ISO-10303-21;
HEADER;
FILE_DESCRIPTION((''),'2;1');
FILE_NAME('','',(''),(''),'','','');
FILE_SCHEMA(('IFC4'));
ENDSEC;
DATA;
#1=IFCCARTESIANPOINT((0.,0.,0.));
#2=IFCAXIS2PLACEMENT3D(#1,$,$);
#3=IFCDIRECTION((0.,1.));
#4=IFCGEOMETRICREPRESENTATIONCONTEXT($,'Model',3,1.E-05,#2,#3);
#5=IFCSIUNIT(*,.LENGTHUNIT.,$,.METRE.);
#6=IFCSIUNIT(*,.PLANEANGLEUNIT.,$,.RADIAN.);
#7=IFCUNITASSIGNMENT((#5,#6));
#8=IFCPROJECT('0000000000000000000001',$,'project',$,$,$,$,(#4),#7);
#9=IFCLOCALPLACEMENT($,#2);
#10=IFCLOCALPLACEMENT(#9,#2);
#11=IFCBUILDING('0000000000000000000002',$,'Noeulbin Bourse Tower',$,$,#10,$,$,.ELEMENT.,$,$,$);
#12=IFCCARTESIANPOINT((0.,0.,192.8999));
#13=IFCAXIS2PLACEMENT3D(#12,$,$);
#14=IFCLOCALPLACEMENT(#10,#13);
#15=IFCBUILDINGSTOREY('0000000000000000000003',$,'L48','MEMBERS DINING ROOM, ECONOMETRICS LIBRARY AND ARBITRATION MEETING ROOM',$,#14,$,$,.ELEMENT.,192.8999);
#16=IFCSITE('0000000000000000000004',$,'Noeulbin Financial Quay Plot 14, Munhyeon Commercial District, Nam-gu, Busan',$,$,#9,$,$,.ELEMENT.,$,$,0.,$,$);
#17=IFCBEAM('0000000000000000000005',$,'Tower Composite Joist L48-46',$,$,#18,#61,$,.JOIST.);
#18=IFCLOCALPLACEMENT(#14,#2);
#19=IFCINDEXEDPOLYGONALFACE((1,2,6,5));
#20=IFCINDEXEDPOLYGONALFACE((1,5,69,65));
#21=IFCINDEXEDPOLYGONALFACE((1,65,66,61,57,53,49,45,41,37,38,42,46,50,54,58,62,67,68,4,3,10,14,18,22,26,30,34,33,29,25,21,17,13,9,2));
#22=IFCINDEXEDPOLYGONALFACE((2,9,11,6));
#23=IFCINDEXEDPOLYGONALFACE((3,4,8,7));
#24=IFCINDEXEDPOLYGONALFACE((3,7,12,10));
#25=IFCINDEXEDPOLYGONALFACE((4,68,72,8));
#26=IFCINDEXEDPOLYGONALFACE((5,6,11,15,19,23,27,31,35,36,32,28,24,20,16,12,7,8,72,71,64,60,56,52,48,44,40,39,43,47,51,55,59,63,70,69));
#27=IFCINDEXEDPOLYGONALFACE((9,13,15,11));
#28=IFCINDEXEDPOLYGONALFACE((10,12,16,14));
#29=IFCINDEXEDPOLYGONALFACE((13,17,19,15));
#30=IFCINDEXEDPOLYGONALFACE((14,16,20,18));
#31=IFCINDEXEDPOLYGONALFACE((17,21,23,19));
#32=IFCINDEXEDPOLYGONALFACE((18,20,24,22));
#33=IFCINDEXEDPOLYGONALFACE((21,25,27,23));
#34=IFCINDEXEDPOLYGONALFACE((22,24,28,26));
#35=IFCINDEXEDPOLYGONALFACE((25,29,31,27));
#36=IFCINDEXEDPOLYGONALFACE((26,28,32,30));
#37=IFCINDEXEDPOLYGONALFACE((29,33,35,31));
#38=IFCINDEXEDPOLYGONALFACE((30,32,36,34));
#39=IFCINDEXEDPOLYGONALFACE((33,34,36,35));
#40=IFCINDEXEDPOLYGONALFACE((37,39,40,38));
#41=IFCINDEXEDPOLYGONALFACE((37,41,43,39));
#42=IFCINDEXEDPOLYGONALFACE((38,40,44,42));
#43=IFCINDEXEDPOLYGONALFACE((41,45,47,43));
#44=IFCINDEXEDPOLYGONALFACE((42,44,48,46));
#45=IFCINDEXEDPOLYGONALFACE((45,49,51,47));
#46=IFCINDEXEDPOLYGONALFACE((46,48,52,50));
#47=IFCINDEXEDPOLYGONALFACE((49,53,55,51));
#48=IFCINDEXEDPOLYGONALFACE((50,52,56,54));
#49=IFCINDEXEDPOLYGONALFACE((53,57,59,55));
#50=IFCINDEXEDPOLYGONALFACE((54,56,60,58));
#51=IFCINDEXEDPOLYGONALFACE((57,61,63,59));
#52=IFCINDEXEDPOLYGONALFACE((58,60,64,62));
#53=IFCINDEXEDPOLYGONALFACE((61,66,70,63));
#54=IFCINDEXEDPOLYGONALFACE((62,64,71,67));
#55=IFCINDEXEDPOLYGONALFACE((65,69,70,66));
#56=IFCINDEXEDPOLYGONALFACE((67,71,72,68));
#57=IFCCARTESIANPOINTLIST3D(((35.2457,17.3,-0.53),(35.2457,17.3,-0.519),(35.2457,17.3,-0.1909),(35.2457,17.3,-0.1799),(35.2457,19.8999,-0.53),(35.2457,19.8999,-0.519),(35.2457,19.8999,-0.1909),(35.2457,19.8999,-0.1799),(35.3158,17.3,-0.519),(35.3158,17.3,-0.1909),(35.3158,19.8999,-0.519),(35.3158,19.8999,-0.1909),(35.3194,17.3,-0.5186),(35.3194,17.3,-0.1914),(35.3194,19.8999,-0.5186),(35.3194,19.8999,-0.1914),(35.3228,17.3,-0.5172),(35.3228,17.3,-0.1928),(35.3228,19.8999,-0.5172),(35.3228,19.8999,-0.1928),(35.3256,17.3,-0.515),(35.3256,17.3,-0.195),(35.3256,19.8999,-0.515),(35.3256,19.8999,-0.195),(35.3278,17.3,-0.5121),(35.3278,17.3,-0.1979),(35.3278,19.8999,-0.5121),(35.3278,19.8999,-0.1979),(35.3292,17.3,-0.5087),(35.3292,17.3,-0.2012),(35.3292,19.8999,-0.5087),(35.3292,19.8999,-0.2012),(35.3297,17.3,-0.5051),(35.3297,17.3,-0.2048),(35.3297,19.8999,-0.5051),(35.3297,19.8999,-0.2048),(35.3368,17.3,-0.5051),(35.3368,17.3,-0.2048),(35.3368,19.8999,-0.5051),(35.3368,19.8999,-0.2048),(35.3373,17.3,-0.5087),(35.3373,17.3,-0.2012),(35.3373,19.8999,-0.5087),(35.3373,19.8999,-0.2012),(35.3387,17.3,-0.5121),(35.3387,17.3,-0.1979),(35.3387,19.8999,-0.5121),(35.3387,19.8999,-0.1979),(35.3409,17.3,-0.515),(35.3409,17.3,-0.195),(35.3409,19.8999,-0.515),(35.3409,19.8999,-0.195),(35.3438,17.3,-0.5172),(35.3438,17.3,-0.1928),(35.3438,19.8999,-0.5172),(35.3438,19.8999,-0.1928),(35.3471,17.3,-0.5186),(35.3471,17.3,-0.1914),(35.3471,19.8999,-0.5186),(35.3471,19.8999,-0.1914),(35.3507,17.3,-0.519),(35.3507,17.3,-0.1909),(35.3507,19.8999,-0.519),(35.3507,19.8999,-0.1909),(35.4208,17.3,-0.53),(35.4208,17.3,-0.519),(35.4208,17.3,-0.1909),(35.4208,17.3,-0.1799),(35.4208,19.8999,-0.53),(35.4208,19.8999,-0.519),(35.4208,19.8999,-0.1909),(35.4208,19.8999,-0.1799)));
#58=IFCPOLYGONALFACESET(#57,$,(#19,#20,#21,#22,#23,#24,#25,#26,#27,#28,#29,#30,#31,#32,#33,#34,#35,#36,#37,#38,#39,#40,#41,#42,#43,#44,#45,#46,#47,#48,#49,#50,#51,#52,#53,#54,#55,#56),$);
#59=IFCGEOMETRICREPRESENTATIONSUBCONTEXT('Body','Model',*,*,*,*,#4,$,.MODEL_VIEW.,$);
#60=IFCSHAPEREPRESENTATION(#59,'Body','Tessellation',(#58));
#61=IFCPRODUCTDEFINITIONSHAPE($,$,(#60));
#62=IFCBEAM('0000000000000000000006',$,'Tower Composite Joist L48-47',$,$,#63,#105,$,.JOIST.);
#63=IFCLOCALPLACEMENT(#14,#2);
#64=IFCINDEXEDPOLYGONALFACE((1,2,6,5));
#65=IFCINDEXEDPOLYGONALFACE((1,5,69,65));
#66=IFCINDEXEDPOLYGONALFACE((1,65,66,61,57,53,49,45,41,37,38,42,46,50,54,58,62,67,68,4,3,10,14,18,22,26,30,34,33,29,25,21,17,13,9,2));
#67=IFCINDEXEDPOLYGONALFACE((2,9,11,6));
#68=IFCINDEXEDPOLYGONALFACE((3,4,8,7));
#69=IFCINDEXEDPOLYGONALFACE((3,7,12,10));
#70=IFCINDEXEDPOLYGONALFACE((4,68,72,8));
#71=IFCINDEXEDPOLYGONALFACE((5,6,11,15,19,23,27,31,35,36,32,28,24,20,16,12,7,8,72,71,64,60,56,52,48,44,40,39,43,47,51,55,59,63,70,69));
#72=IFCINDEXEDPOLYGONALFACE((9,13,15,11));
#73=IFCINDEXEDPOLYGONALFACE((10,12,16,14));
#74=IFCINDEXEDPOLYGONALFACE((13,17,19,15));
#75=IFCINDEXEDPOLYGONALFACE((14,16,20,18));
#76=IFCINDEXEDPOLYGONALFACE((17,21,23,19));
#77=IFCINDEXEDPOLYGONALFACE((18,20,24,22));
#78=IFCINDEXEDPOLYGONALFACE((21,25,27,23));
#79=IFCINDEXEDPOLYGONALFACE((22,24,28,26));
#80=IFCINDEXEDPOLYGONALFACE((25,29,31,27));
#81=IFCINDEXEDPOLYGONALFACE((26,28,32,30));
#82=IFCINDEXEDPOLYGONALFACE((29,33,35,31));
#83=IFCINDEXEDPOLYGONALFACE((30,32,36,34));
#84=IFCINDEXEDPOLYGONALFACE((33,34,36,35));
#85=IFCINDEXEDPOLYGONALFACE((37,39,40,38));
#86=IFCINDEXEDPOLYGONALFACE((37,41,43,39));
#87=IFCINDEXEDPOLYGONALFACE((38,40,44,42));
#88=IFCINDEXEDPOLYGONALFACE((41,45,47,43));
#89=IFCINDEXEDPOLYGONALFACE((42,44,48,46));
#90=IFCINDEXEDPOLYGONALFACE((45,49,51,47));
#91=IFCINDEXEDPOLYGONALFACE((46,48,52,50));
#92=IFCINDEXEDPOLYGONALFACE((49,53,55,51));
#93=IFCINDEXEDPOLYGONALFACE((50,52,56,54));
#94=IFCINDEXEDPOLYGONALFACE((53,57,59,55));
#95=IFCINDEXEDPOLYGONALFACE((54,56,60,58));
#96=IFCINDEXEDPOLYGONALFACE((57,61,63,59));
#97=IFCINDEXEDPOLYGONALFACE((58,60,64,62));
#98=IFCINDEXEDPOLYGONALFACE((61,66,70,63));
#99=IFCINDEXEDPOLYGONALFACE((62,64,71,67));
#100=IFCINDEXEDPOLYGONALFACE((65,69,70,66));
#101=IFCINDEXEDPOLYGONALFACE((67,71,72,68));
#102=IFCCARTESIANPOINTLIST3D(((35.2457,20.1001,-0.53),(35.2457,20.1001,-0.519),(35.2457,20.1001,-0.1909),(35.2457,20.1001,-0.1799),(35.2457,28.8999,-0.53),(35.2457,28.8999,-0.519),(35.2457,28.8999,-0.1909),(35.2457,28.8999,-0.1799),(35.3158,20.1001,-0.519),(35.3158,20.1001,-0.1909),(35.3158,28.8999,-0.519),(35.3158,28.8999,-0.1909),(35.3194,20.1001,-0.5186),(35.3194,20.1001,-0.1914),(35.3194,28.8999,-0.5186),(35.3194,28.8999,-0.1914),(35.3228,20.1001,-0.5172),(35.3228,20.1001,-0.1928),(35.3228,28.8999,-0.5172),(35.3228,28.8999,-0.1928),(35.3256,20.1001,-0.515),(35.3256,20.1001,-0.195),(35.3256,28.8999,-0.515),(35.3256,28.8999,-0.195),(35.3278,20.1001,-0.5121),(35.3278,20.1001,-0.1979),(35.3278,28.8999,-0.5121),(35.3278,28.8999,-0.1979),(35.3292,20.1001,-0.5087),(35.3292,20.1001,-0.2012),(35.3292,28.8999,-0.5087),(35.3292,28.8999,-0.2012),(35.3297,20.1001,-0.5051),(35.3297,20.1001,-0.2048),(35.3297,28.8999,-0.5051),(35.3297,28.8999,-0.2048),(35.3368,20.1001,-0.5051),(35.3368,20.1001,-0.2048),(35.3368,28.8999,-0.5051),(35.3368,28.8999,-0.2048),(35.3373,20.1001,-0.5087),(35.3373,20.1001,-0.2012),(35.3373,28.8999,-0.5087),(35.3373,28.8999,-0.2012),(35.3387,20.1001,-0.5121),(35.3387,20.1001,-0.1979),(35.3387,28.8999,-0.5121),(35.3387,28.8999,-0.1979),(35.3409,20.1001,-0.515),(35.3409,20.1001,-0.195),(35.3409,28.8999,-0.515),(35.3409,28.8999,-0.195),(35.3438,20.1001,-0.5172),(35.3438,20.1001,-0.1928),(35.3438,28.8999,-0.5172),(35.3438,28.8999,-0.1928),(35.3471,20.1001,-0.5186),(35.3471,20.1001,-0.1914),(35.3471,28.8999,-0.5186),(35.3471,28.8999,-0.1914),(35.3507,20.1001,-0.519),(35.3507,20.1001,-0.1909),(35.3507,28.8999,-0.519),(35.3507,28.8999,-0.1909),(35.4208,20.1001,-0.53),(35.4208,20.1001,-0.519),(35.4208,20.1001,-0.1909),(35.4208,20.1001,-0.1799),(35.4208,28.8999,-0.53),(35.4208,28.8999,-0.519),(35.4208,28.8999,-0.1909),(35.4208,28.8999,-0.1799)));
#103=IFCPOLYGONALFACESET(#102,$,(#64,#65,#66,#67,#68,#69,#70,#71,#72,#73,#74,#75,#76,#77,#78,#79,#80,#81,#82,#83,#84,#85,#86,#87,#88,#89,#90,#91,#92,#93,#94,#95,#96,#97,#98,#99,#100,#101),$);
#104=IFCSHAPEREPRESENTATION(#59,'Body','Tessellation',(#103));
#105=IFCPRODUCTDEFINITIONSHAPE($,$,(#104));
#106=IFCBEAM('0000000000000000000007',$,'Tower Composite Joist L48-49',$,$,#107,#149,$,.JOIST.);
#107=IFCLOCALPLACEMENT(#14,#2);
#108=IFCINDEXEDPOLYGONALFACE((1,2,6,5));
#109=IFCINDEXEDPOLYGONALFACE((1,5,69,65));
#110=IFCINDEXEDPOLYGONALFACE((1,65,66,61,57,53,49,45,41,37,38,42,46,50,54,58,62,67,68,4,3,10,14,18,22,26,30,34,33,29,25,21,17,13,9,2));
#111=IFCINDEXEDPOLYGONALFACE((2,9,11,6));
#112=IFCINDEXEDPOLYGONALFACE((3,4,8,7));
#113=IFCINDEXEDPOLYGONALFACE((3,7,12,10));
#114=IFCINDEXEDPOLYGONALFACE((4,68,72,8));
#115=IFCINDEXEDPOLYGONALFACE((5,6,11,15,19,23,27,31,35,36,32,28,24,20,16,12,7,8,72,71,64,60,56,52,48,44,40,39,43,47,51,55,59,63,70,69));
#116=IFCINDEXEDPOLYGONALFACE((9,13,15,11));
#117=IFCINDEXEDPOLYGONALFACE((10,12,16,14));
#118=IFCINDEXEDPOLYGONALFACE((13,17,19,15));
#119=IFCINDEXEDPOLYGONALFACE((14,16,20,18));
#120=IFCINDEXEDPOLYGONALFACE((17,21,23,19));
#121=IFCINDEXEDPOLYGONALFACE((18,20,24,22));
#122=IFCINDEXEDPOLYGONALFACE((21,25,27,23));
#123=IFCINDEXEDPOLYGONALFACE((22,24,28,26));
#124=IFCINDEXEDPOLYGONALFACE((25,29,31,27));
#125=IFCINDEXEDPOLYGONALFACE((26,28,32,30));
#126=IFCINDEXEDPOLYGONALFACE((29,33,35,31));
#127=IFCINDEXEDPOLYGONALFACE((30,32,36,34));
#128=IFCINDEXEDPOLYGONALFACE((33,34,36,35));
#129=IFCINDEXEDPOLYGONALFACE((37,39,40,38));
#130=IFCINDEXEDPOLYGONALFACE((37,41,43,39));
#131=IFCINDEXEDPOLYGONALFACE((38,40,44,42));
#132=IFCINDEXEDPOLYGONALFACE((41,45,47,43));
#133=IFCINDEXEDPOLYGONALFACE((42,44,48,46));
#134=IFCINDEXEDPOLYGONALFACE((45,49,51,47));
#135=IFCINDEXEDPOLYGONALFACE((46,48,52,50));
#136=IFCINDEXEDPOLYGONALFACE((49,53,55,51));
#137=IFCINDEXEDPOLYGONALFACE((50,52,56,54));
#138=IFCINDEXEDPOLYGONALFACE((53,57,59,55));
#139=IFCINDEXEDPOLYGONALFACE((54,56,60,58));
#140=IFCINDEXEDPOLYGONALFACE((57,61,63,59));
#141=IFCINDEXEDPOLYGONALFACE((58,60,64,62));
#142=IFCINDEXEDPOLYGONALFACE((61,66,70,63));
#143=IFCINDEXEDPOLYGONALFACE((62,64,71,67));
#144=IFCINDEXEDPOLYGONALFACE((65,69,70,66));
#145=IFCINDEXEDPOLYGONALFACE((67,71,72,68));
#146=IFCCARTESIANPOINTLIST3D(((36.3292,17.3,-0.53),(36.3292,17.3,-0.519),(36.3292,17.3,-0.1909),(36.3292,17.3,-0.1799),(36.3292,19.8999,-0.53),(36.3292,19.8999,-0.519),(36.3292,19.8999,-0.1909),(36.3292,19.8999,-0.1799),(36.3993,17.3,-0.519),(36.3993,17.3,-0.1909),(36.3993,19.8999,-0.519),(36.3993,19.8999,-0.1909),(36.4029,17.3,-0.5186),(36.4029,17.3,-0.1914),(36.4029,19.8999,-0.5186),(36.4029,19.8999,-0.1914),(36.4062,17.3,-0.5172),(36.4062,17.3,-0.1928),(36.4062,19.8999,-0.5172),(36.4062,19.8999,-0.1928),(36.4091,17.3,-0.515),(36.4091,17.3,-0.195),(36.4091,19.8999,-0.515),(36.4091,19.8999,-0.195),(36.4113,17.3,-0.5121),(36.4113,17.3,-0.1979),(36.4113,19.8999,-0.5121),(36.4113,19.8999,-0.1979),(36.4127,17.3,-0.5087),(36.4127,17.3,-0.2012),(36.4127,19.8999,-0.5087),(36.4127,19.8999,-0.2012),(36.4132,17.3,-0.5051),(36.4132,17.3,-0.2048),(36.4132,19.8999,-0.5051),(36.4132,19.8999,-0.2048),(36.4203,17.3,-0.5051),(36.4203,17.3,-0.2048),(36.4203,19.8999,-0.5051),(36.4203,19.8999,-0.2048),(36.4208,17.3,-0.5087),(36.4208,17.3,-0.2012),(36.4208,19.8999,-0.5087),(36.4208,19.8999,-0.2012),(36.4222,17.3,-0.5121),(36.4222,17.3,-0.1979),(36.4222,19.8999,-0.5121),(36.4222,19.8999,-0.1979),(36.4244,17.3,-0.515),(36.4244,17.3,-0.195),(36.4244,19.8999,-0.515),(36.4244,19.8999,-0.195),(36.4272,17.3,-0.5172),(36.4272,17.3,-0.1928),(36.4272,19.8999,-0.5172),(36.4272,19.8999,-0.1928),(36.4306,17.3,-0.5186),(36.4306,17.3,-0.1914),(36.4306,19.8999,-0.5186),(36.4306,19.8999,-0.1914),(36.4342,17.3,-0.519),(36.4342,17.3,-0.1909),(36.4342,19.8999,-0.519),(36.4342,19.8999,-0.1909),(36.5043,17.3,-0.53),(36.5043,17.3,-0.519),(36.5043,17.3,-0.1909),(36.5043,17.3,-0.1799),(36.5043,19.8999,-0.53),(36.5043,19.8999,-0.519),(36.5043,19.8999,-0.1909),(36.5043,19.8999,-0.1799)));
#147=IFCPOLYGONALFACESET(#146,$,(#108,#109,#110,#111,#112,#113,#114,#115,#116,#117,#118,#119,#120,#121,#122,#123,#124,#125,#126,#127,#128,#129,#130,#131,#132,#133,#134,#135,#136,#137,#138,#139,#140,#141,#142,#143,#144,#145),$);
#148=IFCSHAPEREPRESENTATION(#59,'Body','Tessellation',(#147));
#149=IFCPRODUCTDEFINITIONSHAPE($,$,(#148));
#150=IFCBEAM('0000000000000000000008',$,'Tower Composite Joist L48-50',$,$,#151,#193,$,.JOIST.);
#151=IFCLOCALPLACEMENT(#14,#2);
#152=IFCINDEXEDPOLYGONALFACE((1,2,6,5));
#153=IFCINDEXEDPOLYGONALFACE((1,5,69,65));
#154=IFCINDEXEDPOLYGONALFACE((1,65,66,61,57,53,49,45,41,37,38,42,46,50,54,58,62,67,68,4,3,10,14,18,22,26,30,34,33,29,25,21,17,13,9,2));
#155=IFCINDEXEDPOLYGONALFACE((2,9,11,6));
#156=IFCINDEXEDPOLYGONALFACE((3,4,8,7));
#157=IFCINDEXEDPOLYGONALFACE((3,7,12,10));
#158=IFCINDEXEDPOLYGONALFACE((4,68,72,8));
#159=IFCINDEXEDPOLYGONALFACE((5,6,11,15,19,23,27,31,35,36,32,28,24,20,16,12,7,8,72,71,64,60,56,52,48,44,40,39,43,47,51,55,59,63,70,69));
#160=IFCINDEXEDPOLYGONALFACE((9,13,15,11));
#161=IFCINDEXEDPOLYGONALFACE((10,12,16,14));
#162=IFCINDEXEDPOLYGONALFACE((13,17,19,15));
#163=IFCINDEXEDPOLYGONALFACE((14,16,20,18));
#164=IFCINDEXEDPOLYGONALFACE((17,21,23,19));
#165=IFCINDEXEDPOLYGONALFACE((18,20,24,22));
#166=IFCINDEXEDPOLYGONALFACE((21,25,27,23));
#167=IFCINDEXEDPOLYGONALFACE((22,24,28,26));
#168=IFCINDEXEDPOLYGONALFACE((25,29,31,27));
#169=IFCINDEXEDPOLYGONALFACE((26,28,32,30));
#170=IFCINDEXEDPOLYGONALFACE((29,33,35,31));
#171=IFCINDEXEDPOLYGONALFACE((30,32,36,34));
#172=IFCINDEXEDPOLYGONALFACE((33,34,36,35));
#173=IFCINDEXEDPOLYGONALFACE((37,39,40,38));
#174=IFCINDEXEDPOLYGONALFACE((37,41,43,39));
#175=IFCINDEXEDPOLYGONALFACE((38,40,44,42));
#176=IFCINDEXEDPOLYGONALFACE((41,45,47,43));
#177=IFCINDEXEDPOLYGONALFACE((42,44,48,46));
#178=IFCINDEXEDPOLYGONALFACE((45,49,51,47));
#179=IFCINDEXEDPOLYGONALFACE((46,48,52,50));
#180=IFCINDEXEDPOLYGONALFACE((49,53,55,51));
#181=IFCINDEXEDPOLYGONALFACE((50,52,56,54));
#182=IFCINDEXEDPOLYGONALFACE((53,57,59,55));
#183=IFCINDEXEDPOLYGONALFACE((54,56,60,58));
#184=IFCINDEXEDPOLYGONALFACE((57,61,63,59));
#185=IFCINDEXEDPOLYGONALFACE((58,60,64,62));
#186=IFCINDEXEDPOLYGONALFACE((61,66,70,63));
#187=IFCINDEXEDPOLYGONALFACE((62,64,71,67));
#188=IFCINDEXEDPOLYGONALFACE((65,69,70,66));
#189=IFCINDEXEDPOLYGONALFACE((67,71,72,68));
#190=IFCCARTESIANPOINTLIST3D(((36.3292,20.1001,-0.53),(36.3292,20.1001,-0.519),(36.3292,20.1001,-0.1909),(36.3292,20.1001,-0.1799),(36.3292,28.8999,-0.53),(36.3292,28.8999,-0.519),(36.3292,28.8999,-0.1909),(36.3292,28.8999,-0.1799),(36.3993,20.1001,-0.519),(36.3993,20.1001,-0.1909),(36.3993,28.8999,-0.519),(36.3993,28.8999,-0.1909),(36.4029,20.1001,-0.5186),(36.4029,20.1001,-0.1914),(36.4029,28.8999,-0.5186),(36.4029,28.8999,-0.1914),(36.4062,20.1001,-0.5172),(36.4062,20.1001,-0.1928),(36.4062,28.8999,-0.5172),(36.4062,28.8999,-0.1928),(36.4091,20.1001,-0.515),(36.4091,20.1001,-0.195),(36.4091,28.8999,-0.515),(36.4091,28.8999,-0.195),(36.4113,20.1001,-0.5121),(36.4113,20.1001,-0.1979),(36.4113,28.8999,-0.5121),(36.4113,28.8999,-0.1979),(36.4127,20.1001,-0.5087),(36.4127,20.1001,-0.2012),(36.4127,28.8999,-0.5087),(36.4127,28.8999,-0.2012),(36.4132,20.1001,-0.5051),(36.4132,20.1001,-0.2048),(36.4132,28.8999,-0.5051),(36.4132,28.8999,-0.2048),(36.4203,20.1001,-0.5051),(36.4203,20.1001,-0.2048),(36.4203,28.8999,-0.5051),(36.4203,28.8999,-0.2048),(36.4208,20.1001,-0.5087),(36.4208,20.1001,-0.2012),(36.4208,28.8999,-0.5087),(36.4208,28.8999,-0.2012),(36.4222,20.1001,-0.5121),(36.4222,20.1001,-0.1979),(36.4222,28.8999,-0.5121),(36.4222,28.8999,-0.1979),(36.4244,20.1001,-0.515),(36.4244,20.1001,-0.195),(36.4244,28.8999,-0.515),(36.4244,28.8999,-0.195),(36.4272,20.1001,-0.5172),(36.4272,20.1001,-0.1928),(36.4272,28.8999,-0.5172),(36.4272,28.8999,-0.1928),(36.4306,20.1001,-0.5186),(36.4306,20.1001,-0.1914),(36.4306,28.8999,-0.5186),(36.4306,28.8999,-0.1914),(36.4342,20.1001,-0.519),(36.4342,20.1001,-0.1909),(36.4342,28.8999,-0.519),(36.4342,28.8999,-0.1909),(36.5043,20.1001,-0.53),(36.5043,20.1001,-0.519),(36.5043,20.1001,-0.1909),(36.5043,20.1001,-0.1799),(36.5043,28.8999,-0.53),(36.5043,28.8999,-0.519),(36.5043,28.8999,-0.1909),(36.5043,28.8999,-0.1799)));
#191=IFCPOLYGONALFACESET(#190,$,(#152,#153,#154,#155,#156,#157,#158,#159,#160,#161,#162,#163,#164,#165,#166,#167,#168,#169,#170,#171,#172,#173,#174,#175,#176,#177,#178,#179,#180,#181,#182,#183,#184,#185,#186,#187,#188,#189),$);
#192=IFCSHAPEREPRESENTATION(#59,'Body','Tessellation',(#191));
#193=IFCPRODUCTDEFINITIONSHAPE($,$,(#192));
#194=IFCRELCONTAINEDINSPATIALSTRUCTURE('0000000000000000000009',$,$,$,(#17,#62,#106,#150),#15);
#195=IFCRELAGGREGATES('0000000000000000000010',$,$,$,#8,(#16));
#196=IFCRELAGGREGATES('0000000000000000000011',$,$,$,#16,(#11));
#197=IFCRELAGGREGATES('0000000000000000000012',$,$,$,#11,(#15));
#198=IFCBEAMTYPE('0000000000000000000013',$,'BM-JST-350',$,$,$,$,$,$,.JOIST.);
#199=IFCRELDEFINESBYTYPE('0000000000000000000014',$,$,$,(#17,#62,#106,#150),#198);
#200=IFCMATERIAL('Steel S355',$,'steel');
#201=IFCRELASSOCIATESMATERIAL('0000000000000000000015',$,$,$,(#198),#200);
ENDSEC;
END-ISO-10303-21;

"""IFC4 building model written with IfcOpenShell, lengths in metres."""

from ifc_helpers import new_model, si_unit, direction, frame, origin, origin_2d, place, context, subcontext, project, spatial, i_section, extrude, material, material_profile, profile_set, type_object, element, save


model = new_model("IFC4")

# Units and contexts
model_context = context("Model", 3, precision=1e-05, world=origin(), true_north=direction((0.0, 1.0)))
body_context = subcontext(model_context, "Body", "Model", "MODEL_VIEW")
ifc_project = project(units=[si_unit("LENGTHUNIT", "METRE"), si_unit("PLANEANGLEUNIT", "RADIAN")], contexts=[model_context])

# Site, building, storey
site_placement = place(None, origin())
site = spatial("IfcSite", under=ifc_project, at=site_placement, Name="Noeulbin Financial Quay Plot 14, Munhyeon Commercial District, Nam-gu, Busan", CompositionType="ELEMENT", RefElevation=0.0)
building_placement = place(site_placement, origin())
building = spatial("IfcBuilding", under=site, at=building_placement, Name="Noeulbin Bourse Tower", CompositionType="ELEMENT")
storey_placement = place(building_placement, frame((0.0, 0.0, 192.8999)))
storey = spatial("IfcBuildingStorey", under=building, at=storey_placement, Name="L48", Description="MEMBERS DINING ROOM, ECONOMETRICS LIBRARY AND ARBITRATION MEETING ROOM", CompositionType="ELEMENT", Elevation=192.8999)

# Beams
ifc_material_1 = material(Name="Steel S355", Category="steel")
ifc_material_profile_1 = material_profile(ifc_material_1, i_section(OverallWidth=0.175, OverallDepth=0.3501, WebThickness=0.0071, FlangeThickness=0.011, FilletRadius=0.0139, at=origin_2d()), Name="H-350x175x7x11", Category="LoadBearing")
ifc_profile_set_1 = profile_set([ifc_material_profile_1], Name="Steel S355")
beam_type_1 = type_object("IfcBeamType", Name="BM-JST-350", PredefinedType="JOIST", material=ifc_profile_set_1)
beam_1_placement = place(storey_placement, frame((35.3333, 17.3, -0.355), z_axis=(0.0, 1.0, 0.0), x_axis=(-1.0, 0.0, 0.0)))
element("IfcBeam", 1, at=beam_1_placement, inside=storey, type_object=beam_type_1, Name="Tower Composite Joist L48-46", PredefinedType="JOIST", context=body_context, shape_type="SweptSolid", body=[
    extrude(i_section(OverallWidth=0.175, OverallDepth=0.3501, WebThickness=0.0071, FlangeThickness=0.011, FilletRadius=0.0139, at=origin_2d()), origin(), (0.0, 0.0, 1.0), 2.5999),
])
beam_2_placement = place(storey_placement, frame((35.3333, 20.1001, -0.355), z_axis=(0.0, 1.0, 0.0), x_axis=(-1.0, 0.0, 0.0)))
element("IfcBeam", 2, at=beam_2_placement, inside=storey, type_object=beam_type_1, Name="Tower Composite Joist L48-47", PredefinedType="JOIST", context=body_context, shape_type="SweptSolid", body=[
    extrude(i_section(OverallWidth=0.175, OverallDepth=0.3501, WebThickness=0.0071, FlangeThickness=0.011, FilletRadius=0.0139, at=origin_2d()), origin(), (0.0, 0.0, 1.0), 8.7998),
])
beam_3_placement = place(storey_placement, frame((36.4167, 17.3, -0.355), z_axis=(0.0, 1.0, 0.0), x_axis=(-1.0, 0.0, 0.0)))
element("IfcBeam", 3, at=beam_3_placement, inside=storey, type_object=beam_type_1, Name="Tower Composite Joist L48-49", PredefinedType="JOIST", context=body_context, shape_type="SweptSolid", body=[
    extrude(i_section(OverallWidth=0.175, OverallDepth=0.3501, WebThickness=0.0071, FlangeThickness=0.011, FilletRadius=0.0139, at=origin_2d()), origin(), (0.0, 0.0, 1.0), 2.5999),
])
beam_4_placement = place(storey_placement, frame((36.4167, 20.1001, -0.355), z_axis=(0.0, 1.0, 0.0), x_axis=(-1.0, 0.0, 0.0)))
element("IfcBeam", 4, at=beam_4_placement, inside=storey, type_object=beam_type_1, Name="Tower Composite Joist L48-50", PredefinedType="JOIST", context=body_context, shape_type="SweptSolid", body=[
    extrude(i_section(OverallWidth=0.175, OverallDepth=0.3501, WebThickness=0.0071, FlangeThickness=0.011, FilletRadius=0.0139, at=origin_2d()), origin(), (0.0, 0.0, 1.0), 8.7998),
])

save(model, "model.ifc")
